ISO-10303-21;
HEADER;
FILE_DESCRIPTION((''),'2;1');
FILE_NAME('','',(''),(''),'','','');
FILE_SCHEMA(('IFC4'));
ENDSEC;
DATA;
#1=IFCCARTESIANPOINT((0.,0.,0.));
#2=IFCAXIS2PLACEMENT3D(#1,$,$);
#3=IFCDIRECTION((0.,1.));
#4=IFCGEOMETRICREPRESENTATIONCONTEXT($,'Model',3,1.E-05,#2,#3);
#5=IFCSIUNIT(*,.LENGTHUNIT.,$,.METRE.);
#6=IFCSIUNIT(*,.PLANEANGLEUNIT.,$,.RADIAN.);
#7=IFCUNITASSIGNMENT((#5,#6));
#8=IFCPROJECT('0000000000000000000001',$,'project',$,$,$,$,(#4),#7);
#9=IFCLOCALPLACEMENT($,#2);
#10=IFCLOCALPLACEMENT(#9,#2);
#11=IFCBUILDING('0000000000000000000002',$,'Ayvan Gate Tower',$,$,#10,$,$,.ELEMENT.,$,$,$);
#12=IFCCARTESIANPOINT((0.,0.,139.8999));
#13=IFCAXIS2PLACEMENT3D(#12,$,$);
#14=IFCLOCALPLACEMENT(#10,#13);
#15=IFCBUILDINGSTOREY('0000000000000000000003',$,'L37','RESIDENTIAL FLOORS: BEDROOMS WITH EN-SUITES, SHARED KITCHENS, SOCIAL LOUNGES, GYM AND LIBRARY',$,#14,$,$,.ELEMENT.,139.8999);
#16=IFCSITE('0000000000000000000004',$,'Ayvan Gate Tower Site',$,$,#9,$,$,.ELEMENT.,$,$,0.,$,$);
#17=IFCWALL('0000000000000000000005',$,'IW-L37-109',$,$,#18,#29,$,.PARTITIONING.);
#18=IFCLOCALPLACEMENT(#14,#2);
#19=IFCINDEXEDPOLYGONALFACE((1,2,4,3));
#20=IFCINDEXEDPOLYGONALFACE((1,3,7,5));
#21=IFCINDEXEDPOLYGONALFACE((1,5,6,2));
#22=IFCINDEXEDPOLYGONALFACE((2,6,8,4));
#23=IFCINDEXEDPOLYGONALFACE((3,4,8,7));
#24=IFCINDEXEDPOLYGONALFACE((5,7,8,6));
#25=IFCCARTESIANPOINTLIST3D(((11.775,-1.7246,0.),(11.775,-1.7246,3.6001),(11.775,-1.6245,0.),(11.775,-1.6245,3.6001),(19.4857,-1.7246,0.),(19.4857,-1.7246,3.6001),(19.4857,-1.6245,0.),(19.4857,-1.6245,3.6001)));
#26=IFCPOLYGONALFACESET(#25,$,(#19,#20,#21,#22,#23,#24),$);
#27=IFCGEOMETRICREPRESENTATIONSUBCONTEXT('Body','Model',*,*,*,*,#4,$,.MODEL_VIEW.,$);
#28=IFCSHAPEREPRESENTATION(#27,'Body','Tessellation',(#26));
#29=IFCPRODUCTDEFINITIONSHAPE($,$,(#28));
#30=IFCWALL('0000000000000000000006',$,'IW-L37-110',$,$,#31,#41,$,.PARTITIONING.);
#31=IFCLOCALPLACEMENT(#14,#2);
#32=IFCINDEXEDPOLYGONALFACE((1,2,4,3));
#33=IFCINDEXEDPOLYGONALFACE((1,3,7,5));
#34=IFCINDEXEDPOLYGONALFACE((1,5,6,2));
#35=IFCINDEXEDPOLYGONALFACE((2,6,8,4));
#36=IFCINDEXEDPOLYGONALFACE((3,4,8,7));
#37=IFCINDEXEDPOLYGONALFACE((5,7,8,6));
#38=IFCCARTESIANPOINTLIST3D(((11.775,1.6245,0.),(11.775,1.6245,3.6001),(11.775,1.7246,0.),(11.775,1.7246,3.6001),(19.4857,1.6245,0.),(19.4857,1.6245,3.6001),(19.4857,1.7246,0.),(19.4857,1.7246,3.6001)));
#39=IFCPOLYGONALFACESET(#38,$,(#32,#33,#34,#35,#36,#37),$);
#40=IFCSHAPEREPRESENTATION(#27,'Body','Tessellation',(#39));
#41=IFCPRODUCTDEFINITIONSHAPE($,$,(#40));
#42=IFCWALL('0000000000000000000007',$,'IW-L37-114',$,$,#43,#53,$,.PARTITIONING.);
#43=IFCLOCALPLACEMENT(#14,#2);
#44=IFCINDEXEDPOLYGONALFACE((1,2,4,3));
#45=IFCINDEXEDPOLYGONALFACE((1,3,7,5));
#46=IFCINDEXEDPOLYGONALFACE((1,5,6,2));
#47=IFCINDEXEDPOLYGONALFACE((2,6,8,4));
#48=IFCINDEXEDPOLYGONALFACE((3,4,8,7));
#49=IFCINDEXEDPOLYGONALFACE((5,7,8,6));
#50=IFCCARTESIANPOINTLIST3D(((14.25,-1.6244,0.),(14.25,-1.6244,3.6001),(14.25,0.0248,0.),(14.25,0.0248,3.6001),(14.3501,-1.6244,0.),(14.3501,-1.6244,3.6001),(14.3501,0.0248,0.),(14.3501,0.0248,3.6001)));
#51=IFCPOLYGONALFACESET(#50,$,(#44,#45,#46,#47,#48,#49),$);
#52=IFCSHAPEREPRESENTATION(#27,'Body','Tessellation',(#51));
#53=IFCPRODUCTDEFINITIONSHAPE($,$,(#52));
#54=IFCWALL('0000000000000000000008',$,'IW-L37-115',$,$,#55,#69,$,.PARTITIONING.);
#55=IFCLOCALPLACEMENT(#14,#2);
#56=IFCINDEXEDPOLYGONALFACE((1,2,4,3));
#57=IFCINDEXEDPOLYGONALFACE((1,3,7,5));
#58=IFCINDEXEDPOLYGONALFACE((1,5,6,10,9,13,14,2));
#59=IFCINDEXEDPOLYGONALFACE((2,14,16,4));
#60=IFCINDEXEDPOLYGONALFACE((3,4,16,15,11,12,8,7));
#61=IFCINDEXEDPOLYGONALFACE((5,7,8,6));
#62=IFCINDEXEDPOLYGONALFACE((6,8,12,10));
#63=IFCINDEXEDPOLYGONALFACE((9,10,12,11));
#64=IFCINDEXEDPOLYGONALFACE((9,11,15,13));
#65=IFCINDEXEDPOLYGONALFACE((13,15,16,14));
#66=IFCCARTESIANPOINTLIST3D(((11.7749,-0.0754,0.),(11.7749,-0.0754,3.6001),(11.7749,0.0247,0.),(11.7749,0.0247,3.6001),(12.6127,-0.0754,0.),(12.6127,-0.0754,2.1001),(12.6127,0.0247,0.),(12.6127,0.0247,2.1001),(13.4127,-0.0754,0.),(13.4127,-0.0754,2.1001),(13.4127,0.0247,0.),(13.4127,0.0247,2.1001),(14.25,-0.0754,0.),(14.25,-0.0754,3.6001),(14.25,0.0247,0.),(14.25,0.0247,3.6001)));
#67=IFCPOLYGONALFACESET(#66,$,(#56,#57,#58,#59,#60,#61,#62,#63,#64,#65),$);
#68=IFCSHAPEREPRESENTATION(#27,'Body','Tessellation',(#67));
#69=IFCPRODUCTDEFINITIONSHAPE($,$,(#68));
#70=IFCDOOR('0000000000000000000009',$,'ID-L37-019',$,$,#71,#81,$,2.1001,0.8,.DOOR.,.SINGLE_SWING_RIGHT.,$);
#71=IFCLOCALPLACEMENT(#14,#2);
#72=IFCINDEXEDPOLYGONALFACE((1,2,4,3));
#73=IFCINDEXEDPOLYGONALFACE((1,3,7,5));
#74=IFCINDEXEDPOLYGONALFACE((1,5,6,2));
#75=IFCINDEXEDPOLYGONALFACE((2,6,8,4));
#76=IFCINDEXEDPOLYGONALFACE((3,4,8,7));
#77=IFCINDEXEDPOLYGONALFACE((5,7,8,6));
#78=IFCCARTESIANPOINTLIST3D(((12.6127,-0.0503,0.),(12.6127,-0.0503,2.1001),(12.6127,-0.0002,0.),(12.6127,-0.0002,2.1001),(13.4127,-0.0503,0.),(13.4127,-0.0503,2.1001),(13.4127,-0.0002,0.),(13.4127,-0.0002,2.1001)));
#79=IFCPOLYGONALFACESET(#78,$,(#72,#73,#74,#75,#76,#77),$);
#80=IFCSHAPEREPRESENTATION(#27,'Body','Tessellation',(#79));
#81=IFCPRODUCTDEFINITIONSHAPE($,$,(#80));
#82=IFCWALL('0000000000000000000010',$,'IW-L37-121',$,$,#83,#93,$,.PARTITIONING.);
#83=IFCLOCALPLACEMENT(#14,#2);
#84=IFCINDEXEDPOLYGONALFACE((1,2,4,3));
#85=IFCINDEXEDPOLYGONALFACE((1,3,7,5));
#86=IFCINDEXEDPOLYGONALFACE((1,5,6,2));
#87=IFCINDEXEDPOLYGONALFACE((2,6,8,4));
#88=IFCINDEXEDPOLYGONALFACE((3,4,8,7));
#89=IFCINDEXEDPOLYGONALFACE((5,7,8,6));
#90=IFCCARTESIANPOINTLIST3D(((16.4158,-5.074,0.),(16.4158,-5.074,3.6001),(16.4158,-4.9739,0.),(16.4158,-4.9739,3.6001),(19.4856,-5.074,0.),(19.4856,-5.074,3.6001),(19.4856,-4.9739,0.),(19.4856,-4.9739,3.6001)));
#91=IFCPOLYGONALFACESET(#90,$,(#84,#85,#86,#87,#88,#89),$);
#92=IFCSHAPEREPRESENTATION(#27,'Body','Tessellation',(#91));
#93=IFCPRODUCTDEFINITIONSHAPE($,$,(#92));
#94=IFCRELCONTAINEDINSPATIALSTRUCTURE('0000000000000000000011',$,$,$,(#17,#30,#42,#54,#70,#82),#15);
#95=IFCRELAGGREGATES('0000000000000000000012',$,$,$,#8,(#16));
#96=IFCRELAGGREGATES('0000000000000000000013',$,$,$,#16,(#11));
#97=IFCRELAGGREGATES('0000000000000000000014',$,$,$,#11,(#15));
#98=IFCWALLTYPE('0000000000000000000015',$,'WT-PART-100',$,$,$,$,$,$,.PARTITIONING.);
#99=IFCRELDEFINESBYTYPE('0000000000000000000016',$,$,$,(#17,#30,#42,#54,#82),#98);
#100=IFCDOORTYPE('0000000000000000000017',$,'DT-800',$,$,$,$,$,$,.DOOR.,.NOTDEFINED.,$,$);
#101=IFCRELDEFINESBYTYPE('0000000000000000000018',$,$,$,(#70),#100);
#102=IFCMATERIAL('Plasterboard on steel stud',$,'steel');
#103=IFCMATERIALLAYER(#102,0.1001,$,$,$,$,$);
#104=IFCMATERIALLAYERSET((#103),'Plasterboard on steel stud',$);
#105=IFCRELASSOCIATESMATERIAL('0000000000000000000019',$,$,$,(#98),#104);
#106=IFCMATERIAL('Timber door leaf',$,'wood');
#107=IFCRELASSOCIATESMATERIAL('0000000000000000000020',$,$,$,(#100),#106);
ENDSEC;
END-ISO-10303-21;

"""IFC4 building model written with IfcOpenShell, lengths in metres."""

from ifc_helpers import new_model, si_unit, direction, frame, frame_2d, origin, place, context, subcontext, project, spatial, rectangle, extrude, material, layer, layer_set, type_object, element, fill, save


model = new_model("IFC4")

# Units and contexts
model_context = context("Model", 3, precision=1e-05, world=origin(), true_north=direction((0.0, 1.0)))
body_context = subcontext(model_context, "Body", "Model", "MODEL_VIEW")
ifc_project = project(units=[si_unit("LENGTHUNIT", "METRE"), si_unit("PLANEANGLEUNIT", "RADIAN")], contexts=[model_context])

# Site, building, storey
site_placement = place(None, origin())
site = spatial("IfcSite", under=ifc_project, at=site_placement, Name="Ayvan Gate Tower Site", CompositionType="ELEMENT", RefElevation=0.0)
building_placement = place(site_placement, origin())
building = spatial("IfcBuilding", under=site, at=building_placement, Name="Ayvan Gate Tower", CompositionType="ELEMENT")
storey_placement = place(building_placement, frame((0.0, 0.0, 139.8999)))
storey = spatial("IfcBuildingStorey", under=building, at=storey_placement, Name="L37", Description="RESIDENTIAL FLOORS: BEDROOMS WITH EN-SUITES, SHARED KITCHENS, SOCIAL LOUNGES, GYM AND LIBRARY", CompositionType="ELEMENT", Elevation=139.8999)

# Shared definitions
ifc_material_1 = material(Name="Plasterboard on steel stud", Category="steel")
ifc_material_2 = material(Name="Timber door leaf", Category="wood")

# Walls
ifc_layer_1 = layer(ifc_material_1, 0.1001)
ifc_layer_set_1 = layer_set([ifc_layer_1], Name="Plasterboard on steel stud")
wall_type_1 = type_object("IfcWallType", Name="WT-PART-100", PredefinedType="PARTITIONING", material=ifc_layer_set_1)
for number, where, z_axis, x_axis, name in (
    (1, (11.7749, -1.6746, 0.0), (0.0, 0.0, 1.0), (1.0, 0.0, 0.0), "IW-L37-109"),
    (2, (11.7749, 1.6746, 0.0), (0.0, 0.0, 1.0), (1.0, 0.0, 0.0), "IW-L37-110"),
):
    element("IfcWall", number, at=place(storey_placement, frame(where, z_axis=z_axis, x_axis=x_axis)), inside=storey, type_object=wall_type_1, Name=name, PredefinedType="PARTITIONING", context=body_context, shape_type="SweptSolid", body=[
        extrude(rectangle(XDim=7.7107, YDim=0.1001, at=frame_2d((3.8555, 0.0))), origin(), (0.0, 0.0, 1.0), 3.6001),
    ])
wall_1_placement = place(storey_placement, frame((14.3, -1.6245, 0.0), z_axis=(0.0, 0.0, 1.0), x_axis=(0.0, 1.0, 0.0)))
element("IfcWall", 3, at=wall_1_placement, inside=storey, type_object=wall_type_1, Name="IW-L37-114", PredefinedType="PARTITIONING", context=body_context, shape_type="SweptSolid", body=[
    extrude(rectangle(XDim=1.6492, YDim=0.1001, at=frame_2d((0.8247, 0.0))), origin(), (0.0, 0.0, 1.0), 3.6001),
])

# Wall, opening, door
wall_2_placement = place(storey_placement, frame((14.25, -0.0254, 0.0), z_axis=(0.0, 0.0, 1.0), x_axis=(-1.0, 0.0, 0.0)))
wall_2 = element("IfcWall", 4, at=wall_2_placement, inside=storey, type_object=wall_type_1, Name="IW-L37-115", PredefinedType="PARTITIONING", context=body_context, shape_type="SweptSolid", body=[
    extrude(rectangle(XDim=2.4751, YDim=0.1001, at=frame_2d((1.2375, 0.0))), origin(), (0.0, 0.0, 1.0), 3.6001),
])
opening_1_placement = place(wall_2_placement, frame((0.8374, 0.0, 0.0)))
opening_1 = element("IfcOpeningElement", 5, at=opening_1_placement, cuts=wall_2, PredefinedType="OPENING", context=body_context, shape_type="SweptSolid", body=[
    extrude(rectangle(XDim=0.8, YDim=2.1001, at=frame_2d((0.3999, 1.05))), frame((0.0, 0.0601, 0.0), z_axis=(0.0, -1.0, 0.0), x_axis=(1.0, 0.0, 0.0)), (0.0, 0.0, 1.0), 0.1201),
])
door_type_1 = type_object("IfcDoorType", Name="DT-800", OperationType="NOTDEFINED", PredefinedType="DOOR", material=ifc_material_2)
door_1_placement = place(opening_1_placement, origin())
door_1 = element("IfcDoor", 6, at=door_1_placement, inside=storey, type_object=door_type_1, Name="ID-L37-019", OperationType="SINGLE_SWING_RIGHT", OverallHeight=2.1001, OverallWidth=0.8, PredefinedType="DOOR", context=body_context, shape_type="SweptSolid", body=[
    extrude(rectangle(XDim=0.8, YDim=2.1001, at=frame_2d((0.3999, 1.05))), frame((0.0, 0.0249, 0.0), z_axis=(0.0, -1.0, 0.0), x_axis=(1.0, 0.0, 0.0)), (0.0, 0.0, 1.0), 0.05),
])
fill(opening_1, door_1)

# Wall
wall_3_placement = place(storey_placement, frame((19.4856, -5.0239, 0.0), z_axis=(0.0, 0.0, 1.0), x_axis=(-1.0, 0.0, 0.0)))
element("IfcWall", 7, at=wall_3_placement, inside=storey, type_object=wall_type_1, Name="IW-L37-121", PredefinedType="PARTITIONING", context=body_context, shape_type="SweptSolid", body=[
    extrude(rectangle(XDim=3.0698, YDim=0.1001, at=frame_2d((1.5349, 0.0))), origin(), (0.0, 0.0, 1.0), 3.6001),
])

save(model, "model.ifc")
